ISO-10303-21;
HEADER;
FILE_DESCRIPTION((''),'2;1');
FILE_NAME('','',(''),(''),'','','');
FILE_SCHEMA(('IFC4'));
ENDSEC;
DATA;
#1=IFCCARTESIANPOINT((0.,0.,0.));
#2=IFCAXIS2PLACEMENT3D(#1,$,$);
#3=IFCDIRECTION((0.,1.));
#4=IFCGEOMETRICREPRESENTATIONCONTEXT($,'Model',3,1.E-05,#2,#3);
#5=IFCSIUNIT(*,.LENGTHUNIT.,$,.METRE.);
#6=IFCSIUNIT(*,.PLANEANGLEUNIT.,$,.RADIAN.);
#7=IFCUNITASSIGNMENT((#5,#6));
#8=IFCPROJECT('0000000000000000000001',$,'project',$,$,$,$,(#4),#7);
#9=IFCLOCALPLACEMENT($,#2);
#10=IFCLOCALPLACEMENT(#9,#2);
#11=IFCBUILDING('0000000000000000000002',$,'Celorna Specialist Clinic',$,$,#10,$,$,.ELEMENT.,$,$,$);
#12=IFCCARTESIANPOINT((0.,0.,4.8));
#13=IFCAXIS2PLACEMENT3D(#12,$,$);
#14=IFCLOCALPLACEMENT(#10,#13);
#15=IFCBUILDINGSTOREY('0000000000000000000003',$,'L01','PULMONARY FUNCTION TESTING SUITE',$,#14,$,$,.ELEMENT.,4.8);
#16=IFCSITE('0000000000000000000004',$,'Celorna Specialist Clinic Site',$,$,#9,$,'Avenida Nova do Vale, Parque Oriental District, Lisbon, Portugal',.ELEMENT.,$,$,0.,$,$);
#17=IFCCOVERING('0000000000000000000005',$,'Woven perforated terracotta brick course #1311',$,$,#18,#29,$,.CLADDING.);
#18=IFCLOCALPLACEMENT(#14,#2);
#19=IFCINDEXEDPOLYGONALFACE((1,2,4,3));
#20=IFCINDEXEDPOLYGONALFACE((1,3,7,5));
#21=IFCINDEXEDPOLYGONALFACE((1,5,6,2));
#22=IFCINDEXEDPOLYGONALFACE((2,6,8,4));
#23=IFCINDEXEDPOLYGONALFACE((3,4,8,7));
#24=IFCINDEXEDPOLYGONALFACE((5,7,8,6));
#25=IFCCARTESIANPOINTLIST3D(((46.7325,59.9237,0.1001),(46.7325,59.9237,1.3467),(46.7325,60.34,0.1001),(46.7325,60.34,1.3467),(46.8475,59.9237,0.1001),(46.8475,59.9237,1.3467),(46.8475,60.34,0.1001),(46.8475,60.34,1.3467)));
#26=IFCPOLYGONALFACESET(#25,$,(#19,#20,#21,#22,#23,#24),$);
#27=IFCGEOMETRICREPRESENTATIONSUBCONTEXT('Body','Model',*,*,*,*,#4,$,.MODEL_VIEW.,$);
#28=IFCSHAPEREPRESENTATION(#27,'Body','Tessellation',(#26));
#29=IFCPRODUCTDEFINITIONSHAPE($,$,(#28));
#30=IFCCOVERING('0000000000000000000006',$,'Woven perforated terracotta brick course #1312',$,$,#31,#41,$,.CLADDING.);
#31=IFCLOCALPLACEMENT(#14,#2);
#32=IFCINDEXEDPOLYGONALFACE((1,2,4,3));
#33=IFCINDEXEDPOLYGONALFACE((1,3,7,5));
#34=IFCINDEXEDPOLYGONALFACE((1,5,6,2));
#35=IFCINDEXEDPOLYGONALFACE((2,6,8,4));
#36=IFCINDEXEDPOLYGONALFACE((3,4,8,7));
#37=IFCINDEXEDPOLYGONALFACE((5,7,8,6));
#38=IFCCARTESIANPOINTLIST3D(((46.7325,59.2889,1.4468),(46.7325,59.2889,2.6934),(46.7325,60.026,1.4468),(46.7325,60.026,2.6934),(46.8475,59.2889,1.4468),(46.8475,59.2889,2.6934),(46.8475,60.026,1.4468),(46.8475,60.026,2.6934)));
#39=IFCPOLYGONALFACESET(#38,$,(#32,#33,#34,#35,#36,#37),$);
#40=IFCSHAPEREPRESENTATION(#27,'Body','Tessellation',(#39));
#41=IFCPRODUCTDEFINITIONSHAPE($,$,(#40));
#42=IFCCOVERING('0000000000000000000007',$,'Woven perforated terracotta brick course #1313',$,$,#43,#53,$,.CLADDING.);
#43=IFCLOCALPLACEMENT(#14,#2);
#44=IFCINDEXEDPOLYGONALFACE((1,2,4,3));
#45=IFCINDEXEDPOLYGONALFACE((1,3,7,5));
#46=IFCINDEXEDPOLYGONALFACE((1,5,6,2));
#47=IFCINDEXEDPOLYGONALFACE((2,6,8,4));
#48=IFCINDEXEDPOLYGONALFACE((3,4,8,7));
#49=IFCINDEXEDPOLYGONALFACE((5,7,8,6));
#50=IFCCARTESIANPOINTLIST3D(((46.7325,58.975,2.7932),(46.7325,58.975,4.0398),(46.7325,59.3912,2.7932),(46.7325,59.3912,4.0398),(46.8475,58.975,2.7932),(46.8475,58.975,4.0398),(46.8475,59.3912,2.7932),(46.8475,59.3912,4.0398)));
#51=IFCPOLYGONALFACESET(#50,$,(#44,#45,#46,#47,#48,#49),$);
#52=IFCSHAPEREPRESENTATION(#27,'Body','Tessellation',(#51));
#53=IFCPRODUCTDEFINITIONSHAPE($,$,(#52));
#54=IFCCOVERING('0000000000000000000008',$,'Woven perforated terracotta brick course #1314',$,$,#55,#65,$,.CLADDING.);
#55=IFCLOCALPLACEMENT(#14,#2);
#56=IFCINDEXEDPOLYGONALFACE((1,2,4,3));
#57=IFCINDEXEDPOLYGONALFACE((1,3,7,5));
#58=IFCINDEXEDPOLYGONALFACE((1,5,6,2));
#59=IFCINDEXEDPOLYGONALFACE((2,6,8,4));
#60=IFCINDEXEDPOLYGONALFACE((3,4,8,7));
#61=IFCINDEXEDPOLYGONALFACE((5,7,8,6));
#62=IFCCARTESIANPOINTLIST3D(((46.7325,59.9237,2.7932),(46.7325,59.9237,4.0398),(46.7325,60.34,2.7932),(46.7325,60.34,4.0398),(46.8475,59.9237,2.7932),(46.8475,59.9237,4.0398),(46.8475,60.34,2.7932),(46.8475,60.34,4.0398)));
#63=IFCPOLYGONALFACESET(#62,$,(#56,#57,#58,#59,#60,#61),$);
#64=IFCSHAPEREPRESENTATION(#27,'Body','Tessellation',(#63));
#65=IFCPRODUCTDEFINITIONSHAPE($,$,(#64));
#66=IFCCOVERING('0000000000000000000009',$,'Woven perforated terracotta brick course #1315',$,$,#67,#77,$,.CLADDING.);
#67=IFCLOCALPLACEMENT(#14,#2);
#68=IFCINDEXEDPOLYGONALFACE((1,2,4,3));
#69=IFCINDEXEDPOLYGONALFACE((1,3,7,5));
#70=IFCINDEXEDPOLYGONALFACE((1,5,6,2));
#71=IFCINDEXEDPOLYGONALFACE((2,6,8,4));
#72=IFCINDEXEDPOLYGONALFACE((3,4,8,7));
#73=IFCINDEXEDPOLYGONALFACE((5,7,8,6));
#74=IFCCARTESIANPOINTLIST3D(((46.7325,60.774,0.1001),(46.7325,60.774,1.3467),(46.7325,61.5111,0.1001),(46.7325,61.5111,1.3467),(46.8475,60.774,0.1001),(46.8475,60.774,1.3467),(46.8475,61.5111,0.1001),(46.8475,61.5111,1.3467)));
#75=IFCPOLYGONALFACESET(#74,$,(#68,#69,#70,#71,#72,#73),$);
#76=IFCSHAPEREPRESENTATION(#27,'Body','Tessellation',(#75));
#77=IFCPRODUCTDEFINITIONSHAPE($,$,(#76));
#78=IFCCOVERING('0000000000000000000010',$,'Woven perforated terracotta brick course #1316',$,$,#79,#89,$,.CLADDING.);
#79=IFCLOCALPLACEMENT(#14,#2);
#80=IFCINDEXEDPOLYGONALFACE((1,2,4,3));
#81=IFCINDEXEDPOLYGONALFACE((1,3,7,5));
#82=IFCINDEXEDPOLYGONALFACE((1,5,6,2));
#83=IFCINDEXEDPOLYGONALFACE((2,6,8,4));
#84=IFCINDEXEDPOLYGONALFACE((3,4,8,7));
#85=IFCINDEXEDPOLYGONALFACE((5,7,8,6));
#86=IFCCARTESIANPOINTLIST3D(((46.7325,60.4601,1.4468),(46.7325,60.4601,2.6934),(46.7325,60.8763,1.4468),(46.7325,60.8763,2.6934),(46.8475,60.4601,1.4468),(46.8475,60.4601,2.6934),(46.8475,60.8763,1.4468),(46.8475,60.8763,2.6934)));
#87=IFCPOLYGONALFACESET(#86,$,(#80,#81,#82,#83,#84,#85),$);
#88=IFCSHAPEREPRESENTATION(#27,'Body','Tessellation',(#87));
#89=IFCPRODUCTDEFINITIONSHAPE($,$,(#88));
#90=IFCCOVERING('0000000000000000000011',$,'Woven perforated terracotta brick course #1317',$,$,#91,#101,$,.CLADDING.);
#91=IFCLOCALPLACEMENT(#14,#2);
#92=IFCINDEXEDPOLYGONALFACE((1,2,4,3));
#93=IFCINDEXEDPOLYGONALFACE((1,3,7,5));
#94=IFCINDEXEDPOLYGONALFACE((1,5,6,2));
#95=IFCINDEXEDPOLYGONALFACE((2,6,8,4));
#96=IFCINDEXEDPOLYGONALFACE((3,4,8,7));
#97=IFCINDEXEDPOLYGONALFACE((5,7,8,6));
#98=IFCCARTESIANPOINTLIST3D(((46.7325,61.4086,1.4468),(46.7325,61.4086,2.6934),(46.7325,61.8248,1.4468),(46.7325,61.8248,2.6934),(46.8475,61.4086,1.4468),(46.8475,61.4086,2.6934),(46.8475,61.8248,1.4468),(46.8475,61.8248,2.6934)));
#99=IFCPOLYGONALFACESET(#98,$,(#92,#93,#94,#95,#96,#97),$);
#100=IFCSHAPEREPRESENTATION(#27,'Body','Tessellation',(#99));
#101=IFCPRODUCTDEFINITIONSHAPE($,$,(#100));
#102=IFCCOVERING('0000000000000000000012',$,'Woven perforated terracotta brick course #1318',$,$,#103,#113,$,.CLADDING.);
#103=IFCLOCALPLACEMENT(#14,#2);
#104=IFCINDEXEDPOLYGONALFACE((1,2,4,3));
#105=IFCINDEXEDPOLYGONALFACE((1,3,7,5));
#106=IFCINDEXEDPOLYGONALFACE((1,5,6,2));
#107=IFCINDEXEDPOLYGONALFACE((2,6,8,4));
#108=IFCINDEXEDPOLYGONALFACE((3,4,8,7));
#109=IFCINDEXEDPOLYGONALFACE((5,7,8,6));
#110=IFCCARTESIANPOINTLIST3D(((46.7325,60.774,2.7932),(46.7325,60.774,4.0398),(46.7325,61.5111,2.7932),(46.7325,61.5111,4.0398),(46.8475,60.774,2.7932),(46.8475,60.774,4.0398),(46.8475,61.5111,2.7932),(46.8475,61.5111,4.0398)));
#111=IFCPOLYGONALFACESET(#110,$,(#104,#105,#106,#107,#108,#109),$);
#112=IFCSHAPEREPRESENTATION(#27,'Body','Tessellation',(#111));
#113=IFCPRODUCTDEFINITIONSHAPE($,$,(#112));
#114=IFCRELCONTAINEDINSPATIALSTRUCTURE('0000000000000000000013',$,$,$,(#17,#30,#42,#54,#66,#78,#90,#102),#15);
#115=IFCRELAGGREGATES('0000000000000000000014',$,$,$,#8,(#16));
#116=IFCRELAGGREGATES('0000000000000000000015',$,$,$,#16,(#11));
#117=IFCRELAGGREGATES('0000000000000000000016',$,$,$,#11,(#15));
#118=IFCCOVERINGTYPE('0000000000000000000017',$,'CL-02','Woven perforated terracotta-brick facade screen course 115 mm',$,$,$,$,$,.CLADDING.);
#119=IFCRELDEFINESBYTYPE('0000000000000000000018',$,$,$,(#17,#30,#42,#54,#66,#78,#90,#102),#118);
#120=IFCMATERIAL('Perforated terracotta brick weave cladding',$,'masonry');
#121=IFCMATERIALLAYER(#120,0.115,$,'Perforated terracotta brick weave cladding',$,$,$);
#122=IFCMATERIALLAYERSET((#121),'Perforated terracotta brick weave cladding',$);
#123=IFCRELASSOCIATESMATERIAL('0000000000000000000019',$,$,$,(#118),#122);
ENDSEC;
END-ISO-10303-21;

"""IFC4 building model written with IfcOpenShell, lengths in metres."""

from ifc_helpers import new_model, si_unit, direction, frame, origin, origin_2d, place, context, subcontext, project, spatial, rectangle, extrude, material, layer, layer_set, type_object, element, save


model = new_model("IFC4")

# Units and contexts
model_context = context("Model", 3, precision=1e-05, world=origin(), true_north=direction((0.0, 1.0)))
body_context = subcontext(model_context, "Body", "Model", "MODEL_VIEW")
ifc_project = project(units=[si_unit("LENGTHUNIT", "METRE"), si_unit("PLANEANGLEUNIT", "RADIAN")], contexts=[model_context])

# Site, building, storey
site_placement = place(None, origin())
site = spatial("IfcSite", under=ifc_project, at=site_placement, Name="Celorna Specialist Clinic Site", LongName="Avenida Nova do Vale, Parque Oriental District, Lisbon, Portugal", CompositionType="ELEMENT", RefElevation=0.0)
building_placement = place(site_placement, origin())
building = spatial("IfcBuilding", under=site, at=building_placement, Name="Celorna Specialist Clinic", CompositionType="ELEMENT")
storey_placement = place(building_placement, frame((0.0, 0.0, 4.8)))
storey = spatial("IfcBuildingStorey", under=building, at=storey_placement, Name="L01", Description="PULMONARY FUNCTION TESTING SUITE", CompositionType="ELEMENT", Elevation=4.8)

# Coverings
ifc_material_1 = material(Name="Perforated terracotta brick weave cladding", Category="masonry")
ifc_layer = layer(ifc_material_1, 0.115, Name="Perforated terracotta brick weave cladding")
ifc_layer_set = layer_set([ifc_layer], Name="Perforated terracotta brick weave cladding")
covering_type = type_object("IfcCoveringType", Name="CL-02", Description="Woven perforated terracotta-brick facade screen course 115 mm", PredefinedType="CLADDING", material=ifc_layer_set)
for number, where, z_axis, x_axis, name in (
    (1, (46.79, 60.1318, 0.1001), (0.0, 0.0, 1.0), (0.0, 1.0, 0.0), "Woven perforated terracotta brick course #1311"),
):
    element("IfcCovering", number, at=place(storey_placement, frame(where, z_axis=z_axis, x_axis=x_axis)), inside=storey, type_object=covering_type, Name=name, PredefinedType="CLADDING", context=body_context, shape_type="SweptSolid", body=[
        extrude(rectangle(XDim=0.4163, YDim=0.115, at=origin_2d()), origin(), (0.0, 0.0, 1.0), 1.2466),
    ])
covering_1_placement = place(storey_placement, frame((46.79, 59.6575, 1.4468), z_axis=(0.0, 0.0, 1.0), x_axis=(0.0, 1.0, 0.0)))
element("IfcCovering", 2, at=covering_1_placement, inside=storey, type_object=covering_type, Name="Woven perforated terracotta brick course #1312", PredefinedType="CLADDING", context=body_context, shape_type="SweptSolid", body=[
    extrude(rectangle(XDim=0.7371, YDim=0.115, at=origin_2d()), origin(), (0.0, 0.0, 1.0), 1.2466),
])
for number, where, z_axis, x_axis, name in (
    (3, (46.79, 59.1831, 2.7932), (0.0, 0.0, 1.0), (0.0, 1.0, 0.0), "Woven perforated terracotta brick course #1313"),
    (4, (46.79, 60.1318, 2.7932), (0.0, 0.0, 1.0), (0.0, 1.0, 0.0), "Woven perforated terracotta brick course #1314"),
):
    element("IfcCovering", number, at=place(storey_placement, frame(where, z_axis=z_axis, x_axis=x_axis)), inside=storey, type_object=covering_type, Name=name, PredefinedType="CLADDING", context=body_context, shape_type="SweptSolid", body=[
        extrude(rectangle(XDim=0.4163, YDim=0.115, at=origin_2d()), origin(), (0.0, 0.0, 1.0), 1.2466),
    ])
covering_2_placement = place(storey_placement, frame((46.79, 61.1426, 0.1001), z_axis=(0.0, 0.0, 1.0), x_axis=(0.0, 1.0, 0.0)))
element("IfcCovering", 5, at=covering_2_placement, inside=storey, type_object=covering_type, Name="Woven perforated terracotta brick course #1315", PredefinedType="CLADDING", context=body_context, shape_type="SweptSolid", body=[
    extrude(rectangle(XDim=0.7371, YDim=0.115, at=origin_2d()), origin(), (0.0, 0.0, 1.0), 1.2466),
])
for number, where, z_axis, x_axis, name in (
    (6, (46.79, 60.6682, 1.4468), (0.0, 0.0, 1.0), (0.0, 1.0, 0.0), "Woven perforated terracotta brick course #1316"),
    (7, (46.79, 61.6167, 1.4468), (0.0, 0.0, 1.0), (0.0, 1.0, 0.0), "Woven perforated terracotta brick course #1317"),
):
    element("IfcCovering", number, at=place(storey_placement, frame(where, z_axis=z_axis, x_axis=x_axis)), inside=storey, type_object=covering_type, Name=name, PredefinedType="CLADDING", context=body_context, shape_type="SweptSolid", body=[
        extrude(rectangle(XDim=0.4163, YDim=0.115, at=origin_2d()), origin(), (0.0, 0.0, 1.0), 1.2466),
    ])
covering_3_placement = place(storey_placement, frame((46.79, 61.1426, 2.7932), z_axis=(0.0, 0.0, 1.0), x_axis=(0.0, 1.0, 0.0)))
element("IfcCovering", 8, at=covering_3_placement, inside=storey, type_object=covering_type, Name="Woven perforated terracotta brick course #1318", PredefinedType="CLADDING", context=body_context, shape_type="SweptSolid", body=[
    extrude(rectangle(XDim=0.7371, YDim=0.115, at=origin_2d()), origin(), (0.0, 0.0, 1.0), 1.2466),
])

save(model, "model.ifc")
